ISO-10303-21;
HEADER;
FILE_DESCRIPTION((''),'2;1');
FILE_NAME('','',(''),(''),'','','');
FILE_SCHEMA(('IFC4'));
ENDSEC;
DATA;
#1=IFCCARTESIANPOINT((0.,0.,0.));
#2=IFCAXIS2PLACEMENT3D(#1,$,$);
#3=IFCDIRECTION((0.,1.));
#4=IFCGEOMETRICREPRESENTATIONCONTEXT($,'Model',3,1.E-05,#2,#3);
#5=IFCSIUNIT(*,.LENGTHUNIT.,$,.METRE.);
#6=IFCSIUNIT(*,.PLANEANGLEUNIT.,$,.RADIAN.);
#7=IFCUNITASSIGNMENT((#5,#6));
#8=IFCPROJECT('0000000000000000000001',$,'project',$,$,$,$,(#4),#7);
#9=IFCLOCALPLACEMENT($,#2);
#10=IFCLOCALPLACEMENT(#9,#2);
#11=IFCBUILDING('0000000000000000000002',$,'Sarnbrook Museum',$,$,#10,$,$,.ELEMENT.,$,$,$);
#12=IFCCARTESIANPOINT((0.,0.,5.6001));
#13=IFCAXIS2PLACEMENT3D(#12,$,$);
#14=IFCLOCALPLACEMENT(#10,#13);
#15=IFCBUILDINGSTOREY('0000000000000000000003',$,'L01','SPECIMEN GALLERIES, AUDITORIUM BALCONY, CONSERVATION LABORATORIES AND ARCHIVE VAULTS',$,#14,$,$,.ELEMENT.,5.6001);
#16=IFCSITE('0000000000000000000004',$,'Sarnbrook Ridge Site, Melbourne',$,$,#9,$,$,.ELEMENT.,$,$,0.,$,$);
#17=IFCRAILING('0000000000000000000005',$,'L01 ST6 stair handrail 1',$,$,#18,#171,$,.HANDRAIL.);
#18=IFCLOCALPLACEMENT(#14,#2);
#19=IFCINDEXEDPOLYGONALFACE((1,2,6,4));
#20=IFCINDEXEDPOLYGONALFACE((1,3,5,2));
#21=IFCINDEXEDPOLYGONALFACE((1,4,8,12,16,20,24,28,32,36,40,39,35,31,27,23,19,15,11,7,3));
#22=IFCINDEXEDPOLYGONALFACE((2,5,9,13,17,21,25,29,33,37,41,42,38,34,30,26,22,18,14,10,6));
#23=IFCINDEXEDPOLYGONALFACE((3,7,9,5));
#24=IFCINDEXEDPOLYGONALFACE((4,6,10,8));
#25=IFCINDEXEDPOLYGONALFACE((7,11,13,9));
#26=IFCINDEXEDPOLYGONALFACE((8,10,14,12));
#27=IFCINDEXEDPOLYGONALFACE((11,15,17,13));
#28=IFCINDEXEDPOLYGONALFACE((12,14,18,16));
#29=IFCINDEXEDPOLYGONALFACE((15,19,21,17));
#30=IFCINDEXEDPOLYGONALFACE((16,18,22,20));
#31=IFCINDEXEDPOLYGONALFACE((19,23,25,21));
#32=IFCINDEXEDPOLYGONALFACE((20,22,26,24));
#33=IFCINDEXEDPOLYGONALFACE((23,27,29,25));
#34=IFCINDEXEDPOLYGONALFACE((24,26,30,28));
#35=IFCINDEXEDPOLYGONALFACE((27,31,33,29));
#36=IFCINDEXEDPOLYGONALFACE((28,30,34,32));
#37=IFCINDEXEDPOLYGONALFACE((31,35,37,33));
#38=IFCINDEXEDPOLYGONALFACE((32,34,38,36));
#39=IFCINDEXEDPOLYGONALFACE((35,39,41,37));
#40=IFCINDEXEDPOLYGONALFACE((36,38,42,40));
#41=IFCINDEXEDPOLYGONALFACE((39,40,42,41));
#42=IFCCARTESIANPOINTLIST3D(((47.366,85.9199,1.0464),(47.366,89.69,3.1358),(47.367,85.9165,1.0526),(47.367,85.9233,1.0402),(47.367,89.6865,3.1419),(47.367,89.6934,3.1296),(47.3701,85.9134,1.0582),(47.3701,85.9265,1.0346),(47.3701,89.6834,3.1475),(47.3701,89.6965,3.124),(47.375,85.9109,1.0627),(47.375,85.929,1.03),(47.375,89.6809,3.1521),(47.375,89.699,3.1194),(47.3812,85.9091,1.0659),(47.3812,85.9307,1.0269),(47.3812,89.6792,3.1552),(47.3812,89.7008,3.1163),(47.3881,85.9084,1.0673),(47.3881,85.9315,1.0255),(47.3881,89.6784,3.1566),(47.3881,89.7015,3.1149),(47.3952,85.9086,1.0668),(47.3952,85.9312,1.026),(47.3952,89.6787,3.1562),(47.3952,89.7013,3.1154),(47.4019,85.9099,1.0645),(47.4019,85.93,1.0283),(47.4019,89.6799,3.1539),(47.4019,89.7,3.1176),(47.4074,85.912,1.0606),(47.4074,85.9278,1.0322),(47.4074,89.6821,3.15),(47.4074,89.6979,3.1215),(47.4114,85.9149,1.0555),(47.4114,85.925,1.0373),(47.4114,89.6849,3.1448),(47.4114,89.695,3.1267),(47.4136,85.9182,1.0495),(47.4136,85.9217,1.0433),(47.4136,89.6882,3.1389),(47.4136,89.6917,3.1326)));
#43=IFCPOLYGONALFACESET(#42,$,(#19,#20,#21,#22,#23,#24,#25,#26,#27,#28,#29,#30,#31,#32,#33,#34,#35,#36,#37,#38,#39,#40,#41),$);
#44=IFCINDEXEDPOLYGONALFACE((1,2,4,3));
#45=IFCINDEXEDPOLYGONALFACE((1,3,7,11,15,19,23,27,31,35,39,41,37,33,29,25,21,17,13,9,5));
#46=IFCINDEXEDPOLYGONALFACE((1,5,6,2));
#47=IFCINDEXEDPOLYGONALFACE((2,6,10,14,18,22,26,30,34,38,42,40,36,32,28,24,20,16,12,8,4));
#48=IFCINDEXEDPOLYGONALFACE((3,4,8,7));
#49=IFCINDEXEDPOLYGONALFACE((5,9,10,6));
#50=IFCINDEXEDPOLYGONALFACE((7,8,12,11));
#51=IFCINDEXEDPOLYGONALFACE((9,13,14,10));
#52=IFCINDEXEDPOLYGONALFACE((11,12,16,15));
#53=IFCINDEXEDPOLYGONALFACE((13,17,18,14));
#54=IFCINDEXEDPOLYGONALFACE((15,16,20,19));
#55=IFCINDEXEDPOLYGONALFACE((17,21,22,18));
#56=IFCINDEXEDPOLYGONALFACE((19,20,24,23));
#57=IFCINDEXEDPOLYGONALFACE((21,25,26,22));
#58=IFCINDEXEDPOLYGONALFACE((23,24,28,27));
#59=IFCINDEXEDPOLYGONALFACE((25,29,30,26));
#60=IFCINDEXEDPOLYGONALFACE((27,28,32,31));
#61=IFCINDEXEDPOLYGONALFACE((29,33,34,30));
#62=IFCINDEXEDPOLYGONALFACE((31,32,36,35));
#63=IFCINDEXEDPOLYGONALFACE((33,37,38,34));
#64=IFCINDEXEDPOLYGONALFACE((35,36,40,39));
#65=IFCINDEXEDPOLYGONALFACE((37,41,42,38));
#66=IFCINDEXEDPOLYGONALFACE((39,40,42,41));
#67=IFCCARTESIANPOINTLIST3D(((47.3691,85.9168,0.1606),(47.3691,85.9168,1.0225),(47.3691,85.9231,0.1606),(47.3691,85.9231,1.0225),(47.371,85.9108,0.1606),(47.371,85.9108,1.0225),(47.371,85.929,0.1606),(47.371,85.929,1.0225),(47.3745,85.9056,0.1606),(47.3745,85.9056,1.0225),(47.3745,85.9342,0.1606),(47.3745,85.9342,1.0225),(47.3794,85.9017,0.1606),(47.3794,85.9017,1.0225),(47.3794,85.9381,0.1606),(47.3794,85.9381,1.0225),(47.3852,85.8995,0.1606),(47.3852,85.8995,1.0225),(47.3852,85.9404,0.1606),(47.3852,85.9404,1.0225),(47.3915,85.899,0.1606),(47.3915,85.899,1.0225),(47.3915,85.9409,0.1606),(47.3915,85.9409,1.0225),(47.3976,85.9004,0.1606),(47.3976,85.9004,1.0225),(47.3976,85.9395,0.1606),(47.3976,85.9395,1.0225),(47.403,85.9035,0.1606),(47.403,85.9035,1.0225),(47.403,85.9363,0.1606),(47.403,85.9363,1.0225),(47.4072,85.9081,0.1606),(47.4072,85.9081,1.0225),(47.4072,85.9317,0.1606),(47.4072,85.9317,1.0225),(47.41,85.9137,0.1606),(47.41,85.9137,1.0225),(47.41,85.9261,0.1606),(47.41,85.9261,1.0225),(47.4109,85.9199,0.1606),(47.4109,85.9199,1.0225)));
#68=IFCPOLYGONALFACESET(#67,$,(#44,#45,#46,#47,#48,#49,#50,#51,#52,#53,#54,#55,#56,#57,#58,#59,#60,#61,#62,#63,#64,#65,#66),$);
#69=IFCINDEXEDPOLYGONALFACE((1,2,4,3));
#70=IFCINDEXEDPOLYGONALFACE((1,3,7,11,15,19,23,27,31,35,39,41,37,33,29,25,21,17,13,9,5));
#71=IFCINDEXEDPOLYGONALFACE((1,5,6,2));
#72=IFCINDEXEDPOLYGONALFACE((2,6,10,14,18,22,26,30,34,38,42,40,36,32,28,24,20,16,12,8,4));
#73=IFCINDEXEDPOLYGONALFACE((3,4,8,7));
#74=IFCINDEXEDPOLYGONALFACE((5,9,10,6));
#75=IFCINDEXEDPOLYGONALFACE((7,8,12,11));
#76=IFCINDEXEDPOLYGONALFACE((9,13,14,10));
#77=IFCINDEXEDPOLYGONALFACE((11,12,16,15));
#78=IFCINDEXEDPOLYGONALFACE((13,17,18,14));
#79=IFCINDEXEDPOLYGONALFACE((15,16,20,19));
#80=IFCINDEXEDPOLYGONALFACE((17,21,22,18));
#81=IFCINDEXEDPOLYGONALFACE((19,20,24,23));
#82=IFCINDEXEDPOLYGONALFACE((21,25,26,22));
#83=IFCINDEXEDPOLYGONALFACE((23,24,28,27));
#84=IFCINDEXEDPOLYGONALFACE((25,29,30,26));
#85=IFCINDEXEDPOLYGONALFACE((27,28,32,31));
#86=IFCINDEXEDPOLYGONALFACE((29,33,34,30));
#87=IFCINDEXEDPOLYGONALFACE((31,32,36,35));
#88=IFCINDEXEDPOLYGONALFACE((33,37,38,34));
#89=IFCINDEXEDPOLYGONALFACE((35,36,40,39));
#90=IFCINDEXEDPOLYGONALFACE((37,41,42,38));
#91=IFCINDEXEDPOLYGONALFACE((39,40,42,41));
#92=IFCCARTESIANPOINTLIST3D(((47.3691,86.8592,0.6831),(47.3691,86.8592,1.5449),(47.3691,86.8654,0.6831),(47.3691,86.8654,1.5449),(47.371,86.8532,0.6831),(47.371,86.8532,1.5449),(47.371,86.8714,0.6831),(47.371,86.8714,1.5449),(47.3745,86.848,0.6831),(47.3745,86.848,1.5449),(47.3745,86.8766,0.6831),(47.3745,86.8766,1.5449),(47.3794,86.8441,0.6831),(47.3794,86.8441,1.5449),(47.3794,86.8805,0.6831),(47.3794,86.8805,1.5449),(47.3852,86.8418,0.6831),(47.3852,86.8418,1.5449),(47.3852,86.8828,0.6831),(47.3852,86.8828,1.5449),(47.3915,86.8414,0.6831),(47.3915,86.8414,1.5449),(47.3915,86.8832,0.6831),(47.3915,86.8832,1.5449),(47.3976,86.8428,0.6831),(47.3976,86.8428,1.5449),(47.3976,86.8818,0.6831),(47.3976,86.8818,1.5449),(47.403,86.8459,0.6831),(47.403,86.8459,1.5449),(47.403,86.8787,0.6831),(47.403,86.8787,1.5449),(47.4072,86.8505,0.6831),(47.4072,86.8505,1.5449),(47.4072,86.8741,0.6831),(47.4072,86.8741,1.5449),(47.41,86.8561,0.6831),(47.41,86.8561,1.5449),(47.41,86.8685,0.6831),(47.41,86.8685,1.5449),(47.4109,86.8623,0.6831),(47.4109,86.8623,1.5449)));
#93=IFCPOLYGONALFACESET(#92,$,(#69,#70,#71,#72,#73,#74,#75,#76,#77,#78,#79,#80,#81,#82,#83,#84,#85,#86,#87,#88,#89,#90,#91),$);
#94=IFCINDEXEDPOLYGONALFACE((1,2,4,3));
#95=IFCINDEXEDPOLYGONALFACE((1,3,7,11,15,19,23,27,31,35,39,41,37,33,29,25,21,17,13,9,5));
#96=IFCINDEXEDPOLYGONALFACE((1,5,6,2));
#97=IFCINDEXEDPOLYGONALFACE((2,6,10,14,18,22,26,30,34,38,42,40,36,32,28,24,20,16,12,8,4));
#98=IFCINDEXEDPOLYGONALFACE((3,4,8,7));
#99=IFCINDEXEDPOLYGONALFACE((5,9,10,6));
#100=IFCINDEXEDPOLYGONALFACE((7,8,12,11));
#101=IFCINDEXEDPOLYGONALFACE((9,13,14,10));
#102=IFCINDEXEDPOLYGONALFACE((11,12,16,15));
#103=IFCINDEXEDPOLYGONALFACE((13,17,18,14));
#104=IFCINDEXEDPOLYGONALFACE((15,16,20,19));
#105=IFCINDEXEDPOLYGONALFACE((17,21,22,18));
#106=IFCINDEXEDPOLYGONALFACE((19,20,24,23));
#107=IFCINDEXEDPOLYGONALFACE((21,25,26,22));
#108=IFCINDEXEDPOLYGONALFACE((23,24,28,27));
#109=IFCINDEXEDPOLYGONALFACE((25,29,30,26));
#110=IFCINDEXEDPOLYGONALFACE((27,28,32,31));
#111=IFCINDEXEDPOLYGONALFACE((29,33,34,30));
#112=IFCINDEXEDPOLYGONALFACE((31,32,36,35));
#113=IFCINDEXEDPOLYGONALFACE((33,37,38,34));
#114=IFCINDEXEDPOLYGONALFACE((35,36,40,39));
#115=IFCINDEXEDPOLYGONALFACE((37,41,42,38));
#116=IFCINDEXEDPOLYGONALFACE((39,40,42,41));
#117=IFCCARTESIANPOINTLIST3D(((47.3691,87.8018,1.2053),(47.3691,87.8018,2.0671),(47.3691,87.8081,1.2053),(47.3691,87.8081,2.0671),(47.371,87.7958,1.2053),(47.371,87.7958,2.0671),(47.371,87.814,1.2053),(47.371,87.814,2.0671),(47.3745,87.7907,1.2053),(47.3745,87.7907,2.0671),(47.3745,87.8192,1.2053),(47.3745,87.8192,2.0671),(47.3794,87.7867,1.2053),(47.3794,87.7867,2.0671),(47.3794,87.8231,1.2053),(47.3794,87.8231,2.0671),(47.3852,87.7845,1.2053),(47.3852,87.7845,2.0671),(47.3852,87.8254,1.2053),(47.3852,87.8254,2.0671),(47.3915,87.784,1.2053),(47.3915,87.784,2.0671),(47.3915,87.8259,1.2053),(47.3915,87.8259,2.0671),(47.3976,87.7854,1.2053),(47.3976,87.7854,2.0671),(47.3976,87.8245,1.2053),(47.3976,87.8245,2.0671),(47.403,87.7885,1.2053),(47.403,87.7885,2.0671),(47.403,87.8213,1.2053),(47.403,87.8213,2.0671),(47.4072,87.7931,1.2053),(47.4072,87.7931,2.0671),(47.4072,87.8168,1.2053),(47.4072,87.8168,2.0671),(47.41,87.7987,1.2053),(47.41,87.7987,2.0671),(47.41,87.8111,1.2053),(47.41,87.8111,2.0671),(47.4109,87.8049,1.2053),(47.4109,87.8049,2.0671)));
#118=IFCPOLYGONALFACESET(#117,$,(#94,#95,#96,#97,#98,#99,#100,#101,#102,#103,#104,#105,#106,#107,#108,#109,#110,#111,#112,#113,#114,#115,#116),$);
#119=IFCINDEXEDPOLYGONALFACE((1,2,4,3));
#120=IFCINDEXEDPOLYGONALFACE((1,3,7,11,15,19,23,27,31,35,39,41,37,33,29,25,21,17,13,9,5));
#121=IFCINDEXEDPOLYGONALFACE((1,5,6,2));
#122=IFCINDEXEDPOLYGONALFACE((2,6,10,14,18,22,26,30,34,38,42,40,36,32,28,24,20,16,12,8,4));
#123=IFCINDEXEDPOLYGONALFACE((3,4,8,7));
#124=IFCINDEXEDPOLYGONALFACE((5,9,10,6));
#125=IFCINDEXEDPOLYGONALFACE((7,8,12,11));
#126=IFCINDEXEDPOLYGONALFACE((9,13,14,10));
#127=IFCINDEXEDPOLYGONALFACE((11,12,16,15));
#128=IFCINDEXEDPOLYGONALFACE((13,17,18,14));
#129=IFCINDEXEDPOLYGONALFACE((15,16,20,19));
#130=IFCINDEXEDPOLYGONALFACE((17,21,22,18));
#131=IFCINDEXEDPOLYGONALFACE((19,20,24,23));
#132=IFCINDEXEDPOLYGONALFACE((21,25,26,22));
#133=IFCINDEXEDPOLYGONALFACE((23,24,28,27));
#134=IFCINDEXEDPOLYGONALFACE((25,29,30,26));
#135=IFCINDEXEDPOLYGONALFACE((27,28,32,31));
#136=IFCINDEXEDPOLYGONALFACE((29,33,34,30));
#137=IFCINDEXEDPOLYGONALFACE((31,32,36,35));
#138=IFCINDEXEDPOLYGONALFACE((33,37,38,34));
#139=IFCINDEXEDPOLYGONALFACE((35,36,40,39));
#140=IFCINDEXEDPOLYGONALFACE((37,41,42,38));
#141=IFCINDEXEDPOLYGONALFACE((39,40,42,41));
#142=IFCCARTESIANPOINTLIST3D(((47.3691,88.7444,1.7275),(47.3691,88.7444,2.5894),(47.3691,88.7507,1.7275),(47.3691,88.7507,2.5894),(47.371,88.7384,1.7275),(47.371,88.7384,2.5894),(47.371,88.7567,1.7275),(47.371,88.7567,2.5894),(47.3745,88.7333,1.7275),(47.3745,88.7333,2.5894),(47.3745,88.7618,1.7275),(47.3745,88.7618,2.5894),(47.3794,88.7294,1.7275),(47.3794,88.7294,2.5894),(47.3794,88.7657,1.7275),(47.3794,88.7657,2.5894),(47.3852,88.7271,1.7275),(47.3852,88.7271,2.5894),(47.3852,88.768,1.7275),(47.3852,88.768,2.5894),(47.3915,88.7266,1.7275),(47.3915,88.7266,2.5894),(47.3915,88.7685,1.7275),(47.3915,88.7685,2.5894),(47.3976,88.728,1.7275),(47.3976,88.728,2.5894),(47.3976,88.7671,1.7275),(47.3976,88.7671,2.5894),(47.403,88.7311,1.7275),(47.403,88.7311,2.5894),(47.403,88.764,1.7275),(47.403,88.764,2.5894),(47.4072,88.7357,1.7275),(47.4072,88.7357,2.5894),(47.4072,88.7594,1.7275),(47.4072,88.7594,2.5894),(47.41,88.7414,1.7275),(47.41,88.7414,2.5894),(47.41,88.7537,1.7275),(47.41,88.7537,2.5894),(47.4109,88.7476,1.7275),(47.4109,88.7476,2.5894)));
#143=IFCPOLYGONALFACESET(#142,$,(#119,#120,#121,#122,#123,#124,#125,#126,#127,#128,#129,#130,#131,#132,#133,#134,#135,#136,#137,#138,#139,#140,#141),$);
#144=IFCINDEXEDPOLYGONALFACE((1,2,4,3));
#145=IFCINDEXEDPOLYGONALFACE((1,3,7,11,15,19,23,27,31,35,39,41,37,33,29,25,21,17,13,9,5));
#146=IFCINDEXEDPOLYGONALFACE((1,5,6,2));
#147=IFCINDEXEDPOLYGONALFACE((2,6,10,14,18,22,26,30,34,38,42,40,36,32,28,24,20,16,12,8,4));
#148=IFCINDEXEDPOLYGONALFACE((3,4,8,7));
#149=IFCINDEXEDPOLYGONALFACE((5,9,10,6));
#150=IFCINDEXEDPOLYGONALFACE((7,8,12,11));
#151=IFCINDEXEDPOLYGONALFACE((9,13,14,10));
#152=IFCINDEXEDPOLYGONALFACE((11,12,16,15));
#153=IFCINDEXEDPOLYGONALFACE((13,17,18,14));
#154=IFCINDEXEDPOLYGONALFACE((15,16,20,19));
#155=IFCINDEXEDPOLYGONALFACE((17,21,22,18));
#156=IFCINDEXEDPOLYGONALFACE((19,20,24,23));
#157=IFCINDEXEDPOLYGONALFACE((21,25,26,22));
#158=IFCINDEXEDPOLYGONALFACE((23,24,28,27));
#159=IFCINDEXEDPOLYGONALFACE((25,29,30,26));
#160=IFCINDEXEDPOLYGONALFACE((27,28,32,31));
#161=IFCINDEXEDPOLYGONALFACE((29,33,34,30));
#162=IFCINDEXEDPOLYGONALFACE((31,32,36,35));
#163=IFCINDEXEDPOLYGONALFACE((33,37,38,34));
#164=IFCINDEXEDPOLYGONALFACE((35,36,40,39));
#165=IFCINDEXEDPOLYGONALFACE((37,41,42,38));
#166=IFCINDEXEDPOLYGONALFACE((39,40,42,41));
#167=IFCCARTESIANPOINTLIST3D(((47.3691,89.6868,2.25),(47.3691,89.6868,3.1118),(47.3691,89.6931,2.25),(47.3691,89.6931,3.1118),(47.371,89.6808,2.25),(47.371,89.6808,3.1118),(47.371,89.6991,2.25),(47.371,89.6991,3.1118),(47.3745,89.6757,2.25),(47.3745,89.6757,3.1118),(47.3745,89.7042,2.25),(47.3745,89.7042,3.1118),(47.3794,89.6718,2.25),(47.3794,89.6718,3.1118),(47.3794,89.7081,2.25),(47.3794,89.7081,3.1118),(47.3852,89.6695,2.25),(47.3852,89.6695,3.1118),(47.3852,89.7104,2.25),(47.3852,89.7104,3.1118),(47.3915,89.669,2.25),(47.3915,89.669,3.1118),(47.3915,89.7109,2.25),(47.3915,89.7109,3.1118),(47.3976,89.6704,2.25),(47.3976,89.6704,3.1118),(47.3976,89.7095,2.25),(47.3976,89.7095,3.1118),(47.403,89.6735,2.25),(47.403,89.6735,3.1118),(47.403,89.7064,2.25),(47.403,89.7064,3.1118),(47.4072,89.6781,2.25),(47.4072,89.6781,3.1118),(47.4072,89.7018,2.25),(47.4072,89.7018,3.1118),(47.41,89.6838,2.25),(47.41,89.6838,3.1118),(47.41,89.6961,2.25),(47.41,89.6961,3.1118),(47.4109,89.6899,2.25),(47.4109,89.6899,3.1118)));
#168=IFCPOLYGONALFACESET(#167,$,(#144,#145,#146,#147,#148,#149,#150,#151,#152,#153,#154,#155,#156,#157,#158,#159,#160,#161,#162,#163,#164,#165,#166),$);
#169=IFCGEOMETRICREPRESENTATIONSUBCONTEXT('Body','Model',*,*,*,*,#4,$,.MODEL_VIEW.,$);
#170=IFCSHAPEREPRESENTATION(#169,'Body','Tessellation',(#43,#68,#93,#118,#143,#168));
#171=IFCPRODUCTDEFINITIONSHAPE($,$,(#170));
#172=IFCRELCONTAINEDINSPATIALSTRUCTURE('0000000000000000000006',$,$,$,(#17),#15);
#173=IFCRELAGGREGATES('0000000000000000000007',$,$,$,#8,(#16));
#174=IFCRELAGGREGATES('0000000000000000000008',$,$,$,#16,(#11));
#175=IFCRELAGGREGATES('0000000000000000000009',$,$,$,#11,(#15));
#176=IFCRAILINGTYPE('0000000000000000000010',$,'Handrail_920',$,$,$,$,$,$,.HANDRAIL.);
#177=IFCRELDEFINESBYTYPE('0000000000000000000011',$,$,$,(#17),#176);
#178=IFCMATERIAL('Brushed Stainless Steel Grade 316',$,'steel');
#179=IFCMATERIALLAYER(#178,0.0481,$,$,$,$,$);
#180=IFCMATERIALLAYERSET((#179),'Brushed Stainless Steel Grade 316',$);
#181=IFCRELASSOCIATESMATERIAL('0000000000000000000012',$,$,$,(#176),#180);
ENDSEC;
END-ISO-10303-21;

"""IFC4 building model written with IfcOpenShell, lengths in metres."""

from ifc_helpers import new_model, si_unit, direction, frame, origin, origin_2d, place, context, subcontext, project, spatial, circle, extrude, material, layer, layer_set, type_object, element, save


model = new_model("IFC4")

# Units and contexts
model_context = context("Model", 3, precision=1e-05, world=origin(), true_north=direction((0.0, 1.0)))
body_context = subcontext(model_context, "Body", "Model", "MODEL_VIEW")
ifc_project = project(units=[si_unit("LENGTHUNIT", "METRE"), si_unit("PLANEANGLEUNIT", "RADIAN")], contexts=[model_context])

# Site, building, storey
site_placement = place(None, origin())
site = spatial("IfcSite", under=ifc_project, at=site_placement, Name="Sarnbrook Ridge Site, Melbourne", CompositionType="ELEMENT", RefElevation=0.0)
building_placement = place(site_placement, origin())
building = spatial("IfcBuilding", under=site, at=building_placement, Name="Sarnbrook Museum", CompositionType="ELEMENT")
storey_placement = place(building_placement, frame((0.0, 0.0, 5.6001)))
storey = spatial("IfcBuildingStorey", under=building, at=storey_placement, Name="L01", Description="SPECIMEN GALLERIES, AUDITORIUM BALCONY, CONSERVATION LABORATORIES AND ARCHIVE VAULTS", CompositionType="ELEMENT", Elevation=5.6001)

# Railing
ifc_material_1 = material(Name="Brushed Stainless Steel Grade 316", Category="steel")
ifc_layer_1 = layer(ifc_material_1, 0.0481)
ifc_layer_set_1 = layer_set([ifc_layer_1], Name="Brushed Stainless Steel Grade 316")
railing_type_1 = type_object("IfcRailingType", Name="Handrail_920", PredefinedType="HANDRAIL", material=ifc_layer_set_1)
railing_1_placement = place(storey_placement, frame((47.3899, 85.9199, 0.1606)))
element("IfcRailing", 1, at=railing_1_placement, inside=storey, type_object=railing_type_1, Name="L01 ST6 stair handrail 1", PredefinedType="HANDRAIL", context=body_context, shape_type="SweptSolid", body=[
    extrude(circle(Radius=0.0239, at=origin_2d()), frame((0.0, 0.0, 0.8857), z_axis=(0.0, 0.874659, 0.484739), x_axis=(-1.0, 0.0, 0.0)), (0.0, 0.0, 1.0), 4.3103),
    extrude(circle(Radius=0.021, at=origin_2d()), origin(), (0.0, 0.0, 1.0), 0.8618),
    extrude(circle(Radius=0.021, at=origin_2d()), frame((0.0, 0.9424, 0.5225)), (0.0, 0.0, 1.0), 0.8618),
    extrude(circle(Radius=0.021, at=origin_2d()), frame((0.0, 1.885, 1.0447)), (0.0, 0.0, 1.0), 0.8618),
    extrude(circle(Radius=0.021, at=origin_2d()), frame((0.0, 2.8276, 1.5669)), (0.0, 0.0, 1.0), 0.8618),
    extrude(circle(Radius=0.021, at=origin_2d()), frame((0.0, 3.77, 2.0894)), (0.0, 0.0, 1.0), 0.8618),
])

save(model, "model.ifc")
